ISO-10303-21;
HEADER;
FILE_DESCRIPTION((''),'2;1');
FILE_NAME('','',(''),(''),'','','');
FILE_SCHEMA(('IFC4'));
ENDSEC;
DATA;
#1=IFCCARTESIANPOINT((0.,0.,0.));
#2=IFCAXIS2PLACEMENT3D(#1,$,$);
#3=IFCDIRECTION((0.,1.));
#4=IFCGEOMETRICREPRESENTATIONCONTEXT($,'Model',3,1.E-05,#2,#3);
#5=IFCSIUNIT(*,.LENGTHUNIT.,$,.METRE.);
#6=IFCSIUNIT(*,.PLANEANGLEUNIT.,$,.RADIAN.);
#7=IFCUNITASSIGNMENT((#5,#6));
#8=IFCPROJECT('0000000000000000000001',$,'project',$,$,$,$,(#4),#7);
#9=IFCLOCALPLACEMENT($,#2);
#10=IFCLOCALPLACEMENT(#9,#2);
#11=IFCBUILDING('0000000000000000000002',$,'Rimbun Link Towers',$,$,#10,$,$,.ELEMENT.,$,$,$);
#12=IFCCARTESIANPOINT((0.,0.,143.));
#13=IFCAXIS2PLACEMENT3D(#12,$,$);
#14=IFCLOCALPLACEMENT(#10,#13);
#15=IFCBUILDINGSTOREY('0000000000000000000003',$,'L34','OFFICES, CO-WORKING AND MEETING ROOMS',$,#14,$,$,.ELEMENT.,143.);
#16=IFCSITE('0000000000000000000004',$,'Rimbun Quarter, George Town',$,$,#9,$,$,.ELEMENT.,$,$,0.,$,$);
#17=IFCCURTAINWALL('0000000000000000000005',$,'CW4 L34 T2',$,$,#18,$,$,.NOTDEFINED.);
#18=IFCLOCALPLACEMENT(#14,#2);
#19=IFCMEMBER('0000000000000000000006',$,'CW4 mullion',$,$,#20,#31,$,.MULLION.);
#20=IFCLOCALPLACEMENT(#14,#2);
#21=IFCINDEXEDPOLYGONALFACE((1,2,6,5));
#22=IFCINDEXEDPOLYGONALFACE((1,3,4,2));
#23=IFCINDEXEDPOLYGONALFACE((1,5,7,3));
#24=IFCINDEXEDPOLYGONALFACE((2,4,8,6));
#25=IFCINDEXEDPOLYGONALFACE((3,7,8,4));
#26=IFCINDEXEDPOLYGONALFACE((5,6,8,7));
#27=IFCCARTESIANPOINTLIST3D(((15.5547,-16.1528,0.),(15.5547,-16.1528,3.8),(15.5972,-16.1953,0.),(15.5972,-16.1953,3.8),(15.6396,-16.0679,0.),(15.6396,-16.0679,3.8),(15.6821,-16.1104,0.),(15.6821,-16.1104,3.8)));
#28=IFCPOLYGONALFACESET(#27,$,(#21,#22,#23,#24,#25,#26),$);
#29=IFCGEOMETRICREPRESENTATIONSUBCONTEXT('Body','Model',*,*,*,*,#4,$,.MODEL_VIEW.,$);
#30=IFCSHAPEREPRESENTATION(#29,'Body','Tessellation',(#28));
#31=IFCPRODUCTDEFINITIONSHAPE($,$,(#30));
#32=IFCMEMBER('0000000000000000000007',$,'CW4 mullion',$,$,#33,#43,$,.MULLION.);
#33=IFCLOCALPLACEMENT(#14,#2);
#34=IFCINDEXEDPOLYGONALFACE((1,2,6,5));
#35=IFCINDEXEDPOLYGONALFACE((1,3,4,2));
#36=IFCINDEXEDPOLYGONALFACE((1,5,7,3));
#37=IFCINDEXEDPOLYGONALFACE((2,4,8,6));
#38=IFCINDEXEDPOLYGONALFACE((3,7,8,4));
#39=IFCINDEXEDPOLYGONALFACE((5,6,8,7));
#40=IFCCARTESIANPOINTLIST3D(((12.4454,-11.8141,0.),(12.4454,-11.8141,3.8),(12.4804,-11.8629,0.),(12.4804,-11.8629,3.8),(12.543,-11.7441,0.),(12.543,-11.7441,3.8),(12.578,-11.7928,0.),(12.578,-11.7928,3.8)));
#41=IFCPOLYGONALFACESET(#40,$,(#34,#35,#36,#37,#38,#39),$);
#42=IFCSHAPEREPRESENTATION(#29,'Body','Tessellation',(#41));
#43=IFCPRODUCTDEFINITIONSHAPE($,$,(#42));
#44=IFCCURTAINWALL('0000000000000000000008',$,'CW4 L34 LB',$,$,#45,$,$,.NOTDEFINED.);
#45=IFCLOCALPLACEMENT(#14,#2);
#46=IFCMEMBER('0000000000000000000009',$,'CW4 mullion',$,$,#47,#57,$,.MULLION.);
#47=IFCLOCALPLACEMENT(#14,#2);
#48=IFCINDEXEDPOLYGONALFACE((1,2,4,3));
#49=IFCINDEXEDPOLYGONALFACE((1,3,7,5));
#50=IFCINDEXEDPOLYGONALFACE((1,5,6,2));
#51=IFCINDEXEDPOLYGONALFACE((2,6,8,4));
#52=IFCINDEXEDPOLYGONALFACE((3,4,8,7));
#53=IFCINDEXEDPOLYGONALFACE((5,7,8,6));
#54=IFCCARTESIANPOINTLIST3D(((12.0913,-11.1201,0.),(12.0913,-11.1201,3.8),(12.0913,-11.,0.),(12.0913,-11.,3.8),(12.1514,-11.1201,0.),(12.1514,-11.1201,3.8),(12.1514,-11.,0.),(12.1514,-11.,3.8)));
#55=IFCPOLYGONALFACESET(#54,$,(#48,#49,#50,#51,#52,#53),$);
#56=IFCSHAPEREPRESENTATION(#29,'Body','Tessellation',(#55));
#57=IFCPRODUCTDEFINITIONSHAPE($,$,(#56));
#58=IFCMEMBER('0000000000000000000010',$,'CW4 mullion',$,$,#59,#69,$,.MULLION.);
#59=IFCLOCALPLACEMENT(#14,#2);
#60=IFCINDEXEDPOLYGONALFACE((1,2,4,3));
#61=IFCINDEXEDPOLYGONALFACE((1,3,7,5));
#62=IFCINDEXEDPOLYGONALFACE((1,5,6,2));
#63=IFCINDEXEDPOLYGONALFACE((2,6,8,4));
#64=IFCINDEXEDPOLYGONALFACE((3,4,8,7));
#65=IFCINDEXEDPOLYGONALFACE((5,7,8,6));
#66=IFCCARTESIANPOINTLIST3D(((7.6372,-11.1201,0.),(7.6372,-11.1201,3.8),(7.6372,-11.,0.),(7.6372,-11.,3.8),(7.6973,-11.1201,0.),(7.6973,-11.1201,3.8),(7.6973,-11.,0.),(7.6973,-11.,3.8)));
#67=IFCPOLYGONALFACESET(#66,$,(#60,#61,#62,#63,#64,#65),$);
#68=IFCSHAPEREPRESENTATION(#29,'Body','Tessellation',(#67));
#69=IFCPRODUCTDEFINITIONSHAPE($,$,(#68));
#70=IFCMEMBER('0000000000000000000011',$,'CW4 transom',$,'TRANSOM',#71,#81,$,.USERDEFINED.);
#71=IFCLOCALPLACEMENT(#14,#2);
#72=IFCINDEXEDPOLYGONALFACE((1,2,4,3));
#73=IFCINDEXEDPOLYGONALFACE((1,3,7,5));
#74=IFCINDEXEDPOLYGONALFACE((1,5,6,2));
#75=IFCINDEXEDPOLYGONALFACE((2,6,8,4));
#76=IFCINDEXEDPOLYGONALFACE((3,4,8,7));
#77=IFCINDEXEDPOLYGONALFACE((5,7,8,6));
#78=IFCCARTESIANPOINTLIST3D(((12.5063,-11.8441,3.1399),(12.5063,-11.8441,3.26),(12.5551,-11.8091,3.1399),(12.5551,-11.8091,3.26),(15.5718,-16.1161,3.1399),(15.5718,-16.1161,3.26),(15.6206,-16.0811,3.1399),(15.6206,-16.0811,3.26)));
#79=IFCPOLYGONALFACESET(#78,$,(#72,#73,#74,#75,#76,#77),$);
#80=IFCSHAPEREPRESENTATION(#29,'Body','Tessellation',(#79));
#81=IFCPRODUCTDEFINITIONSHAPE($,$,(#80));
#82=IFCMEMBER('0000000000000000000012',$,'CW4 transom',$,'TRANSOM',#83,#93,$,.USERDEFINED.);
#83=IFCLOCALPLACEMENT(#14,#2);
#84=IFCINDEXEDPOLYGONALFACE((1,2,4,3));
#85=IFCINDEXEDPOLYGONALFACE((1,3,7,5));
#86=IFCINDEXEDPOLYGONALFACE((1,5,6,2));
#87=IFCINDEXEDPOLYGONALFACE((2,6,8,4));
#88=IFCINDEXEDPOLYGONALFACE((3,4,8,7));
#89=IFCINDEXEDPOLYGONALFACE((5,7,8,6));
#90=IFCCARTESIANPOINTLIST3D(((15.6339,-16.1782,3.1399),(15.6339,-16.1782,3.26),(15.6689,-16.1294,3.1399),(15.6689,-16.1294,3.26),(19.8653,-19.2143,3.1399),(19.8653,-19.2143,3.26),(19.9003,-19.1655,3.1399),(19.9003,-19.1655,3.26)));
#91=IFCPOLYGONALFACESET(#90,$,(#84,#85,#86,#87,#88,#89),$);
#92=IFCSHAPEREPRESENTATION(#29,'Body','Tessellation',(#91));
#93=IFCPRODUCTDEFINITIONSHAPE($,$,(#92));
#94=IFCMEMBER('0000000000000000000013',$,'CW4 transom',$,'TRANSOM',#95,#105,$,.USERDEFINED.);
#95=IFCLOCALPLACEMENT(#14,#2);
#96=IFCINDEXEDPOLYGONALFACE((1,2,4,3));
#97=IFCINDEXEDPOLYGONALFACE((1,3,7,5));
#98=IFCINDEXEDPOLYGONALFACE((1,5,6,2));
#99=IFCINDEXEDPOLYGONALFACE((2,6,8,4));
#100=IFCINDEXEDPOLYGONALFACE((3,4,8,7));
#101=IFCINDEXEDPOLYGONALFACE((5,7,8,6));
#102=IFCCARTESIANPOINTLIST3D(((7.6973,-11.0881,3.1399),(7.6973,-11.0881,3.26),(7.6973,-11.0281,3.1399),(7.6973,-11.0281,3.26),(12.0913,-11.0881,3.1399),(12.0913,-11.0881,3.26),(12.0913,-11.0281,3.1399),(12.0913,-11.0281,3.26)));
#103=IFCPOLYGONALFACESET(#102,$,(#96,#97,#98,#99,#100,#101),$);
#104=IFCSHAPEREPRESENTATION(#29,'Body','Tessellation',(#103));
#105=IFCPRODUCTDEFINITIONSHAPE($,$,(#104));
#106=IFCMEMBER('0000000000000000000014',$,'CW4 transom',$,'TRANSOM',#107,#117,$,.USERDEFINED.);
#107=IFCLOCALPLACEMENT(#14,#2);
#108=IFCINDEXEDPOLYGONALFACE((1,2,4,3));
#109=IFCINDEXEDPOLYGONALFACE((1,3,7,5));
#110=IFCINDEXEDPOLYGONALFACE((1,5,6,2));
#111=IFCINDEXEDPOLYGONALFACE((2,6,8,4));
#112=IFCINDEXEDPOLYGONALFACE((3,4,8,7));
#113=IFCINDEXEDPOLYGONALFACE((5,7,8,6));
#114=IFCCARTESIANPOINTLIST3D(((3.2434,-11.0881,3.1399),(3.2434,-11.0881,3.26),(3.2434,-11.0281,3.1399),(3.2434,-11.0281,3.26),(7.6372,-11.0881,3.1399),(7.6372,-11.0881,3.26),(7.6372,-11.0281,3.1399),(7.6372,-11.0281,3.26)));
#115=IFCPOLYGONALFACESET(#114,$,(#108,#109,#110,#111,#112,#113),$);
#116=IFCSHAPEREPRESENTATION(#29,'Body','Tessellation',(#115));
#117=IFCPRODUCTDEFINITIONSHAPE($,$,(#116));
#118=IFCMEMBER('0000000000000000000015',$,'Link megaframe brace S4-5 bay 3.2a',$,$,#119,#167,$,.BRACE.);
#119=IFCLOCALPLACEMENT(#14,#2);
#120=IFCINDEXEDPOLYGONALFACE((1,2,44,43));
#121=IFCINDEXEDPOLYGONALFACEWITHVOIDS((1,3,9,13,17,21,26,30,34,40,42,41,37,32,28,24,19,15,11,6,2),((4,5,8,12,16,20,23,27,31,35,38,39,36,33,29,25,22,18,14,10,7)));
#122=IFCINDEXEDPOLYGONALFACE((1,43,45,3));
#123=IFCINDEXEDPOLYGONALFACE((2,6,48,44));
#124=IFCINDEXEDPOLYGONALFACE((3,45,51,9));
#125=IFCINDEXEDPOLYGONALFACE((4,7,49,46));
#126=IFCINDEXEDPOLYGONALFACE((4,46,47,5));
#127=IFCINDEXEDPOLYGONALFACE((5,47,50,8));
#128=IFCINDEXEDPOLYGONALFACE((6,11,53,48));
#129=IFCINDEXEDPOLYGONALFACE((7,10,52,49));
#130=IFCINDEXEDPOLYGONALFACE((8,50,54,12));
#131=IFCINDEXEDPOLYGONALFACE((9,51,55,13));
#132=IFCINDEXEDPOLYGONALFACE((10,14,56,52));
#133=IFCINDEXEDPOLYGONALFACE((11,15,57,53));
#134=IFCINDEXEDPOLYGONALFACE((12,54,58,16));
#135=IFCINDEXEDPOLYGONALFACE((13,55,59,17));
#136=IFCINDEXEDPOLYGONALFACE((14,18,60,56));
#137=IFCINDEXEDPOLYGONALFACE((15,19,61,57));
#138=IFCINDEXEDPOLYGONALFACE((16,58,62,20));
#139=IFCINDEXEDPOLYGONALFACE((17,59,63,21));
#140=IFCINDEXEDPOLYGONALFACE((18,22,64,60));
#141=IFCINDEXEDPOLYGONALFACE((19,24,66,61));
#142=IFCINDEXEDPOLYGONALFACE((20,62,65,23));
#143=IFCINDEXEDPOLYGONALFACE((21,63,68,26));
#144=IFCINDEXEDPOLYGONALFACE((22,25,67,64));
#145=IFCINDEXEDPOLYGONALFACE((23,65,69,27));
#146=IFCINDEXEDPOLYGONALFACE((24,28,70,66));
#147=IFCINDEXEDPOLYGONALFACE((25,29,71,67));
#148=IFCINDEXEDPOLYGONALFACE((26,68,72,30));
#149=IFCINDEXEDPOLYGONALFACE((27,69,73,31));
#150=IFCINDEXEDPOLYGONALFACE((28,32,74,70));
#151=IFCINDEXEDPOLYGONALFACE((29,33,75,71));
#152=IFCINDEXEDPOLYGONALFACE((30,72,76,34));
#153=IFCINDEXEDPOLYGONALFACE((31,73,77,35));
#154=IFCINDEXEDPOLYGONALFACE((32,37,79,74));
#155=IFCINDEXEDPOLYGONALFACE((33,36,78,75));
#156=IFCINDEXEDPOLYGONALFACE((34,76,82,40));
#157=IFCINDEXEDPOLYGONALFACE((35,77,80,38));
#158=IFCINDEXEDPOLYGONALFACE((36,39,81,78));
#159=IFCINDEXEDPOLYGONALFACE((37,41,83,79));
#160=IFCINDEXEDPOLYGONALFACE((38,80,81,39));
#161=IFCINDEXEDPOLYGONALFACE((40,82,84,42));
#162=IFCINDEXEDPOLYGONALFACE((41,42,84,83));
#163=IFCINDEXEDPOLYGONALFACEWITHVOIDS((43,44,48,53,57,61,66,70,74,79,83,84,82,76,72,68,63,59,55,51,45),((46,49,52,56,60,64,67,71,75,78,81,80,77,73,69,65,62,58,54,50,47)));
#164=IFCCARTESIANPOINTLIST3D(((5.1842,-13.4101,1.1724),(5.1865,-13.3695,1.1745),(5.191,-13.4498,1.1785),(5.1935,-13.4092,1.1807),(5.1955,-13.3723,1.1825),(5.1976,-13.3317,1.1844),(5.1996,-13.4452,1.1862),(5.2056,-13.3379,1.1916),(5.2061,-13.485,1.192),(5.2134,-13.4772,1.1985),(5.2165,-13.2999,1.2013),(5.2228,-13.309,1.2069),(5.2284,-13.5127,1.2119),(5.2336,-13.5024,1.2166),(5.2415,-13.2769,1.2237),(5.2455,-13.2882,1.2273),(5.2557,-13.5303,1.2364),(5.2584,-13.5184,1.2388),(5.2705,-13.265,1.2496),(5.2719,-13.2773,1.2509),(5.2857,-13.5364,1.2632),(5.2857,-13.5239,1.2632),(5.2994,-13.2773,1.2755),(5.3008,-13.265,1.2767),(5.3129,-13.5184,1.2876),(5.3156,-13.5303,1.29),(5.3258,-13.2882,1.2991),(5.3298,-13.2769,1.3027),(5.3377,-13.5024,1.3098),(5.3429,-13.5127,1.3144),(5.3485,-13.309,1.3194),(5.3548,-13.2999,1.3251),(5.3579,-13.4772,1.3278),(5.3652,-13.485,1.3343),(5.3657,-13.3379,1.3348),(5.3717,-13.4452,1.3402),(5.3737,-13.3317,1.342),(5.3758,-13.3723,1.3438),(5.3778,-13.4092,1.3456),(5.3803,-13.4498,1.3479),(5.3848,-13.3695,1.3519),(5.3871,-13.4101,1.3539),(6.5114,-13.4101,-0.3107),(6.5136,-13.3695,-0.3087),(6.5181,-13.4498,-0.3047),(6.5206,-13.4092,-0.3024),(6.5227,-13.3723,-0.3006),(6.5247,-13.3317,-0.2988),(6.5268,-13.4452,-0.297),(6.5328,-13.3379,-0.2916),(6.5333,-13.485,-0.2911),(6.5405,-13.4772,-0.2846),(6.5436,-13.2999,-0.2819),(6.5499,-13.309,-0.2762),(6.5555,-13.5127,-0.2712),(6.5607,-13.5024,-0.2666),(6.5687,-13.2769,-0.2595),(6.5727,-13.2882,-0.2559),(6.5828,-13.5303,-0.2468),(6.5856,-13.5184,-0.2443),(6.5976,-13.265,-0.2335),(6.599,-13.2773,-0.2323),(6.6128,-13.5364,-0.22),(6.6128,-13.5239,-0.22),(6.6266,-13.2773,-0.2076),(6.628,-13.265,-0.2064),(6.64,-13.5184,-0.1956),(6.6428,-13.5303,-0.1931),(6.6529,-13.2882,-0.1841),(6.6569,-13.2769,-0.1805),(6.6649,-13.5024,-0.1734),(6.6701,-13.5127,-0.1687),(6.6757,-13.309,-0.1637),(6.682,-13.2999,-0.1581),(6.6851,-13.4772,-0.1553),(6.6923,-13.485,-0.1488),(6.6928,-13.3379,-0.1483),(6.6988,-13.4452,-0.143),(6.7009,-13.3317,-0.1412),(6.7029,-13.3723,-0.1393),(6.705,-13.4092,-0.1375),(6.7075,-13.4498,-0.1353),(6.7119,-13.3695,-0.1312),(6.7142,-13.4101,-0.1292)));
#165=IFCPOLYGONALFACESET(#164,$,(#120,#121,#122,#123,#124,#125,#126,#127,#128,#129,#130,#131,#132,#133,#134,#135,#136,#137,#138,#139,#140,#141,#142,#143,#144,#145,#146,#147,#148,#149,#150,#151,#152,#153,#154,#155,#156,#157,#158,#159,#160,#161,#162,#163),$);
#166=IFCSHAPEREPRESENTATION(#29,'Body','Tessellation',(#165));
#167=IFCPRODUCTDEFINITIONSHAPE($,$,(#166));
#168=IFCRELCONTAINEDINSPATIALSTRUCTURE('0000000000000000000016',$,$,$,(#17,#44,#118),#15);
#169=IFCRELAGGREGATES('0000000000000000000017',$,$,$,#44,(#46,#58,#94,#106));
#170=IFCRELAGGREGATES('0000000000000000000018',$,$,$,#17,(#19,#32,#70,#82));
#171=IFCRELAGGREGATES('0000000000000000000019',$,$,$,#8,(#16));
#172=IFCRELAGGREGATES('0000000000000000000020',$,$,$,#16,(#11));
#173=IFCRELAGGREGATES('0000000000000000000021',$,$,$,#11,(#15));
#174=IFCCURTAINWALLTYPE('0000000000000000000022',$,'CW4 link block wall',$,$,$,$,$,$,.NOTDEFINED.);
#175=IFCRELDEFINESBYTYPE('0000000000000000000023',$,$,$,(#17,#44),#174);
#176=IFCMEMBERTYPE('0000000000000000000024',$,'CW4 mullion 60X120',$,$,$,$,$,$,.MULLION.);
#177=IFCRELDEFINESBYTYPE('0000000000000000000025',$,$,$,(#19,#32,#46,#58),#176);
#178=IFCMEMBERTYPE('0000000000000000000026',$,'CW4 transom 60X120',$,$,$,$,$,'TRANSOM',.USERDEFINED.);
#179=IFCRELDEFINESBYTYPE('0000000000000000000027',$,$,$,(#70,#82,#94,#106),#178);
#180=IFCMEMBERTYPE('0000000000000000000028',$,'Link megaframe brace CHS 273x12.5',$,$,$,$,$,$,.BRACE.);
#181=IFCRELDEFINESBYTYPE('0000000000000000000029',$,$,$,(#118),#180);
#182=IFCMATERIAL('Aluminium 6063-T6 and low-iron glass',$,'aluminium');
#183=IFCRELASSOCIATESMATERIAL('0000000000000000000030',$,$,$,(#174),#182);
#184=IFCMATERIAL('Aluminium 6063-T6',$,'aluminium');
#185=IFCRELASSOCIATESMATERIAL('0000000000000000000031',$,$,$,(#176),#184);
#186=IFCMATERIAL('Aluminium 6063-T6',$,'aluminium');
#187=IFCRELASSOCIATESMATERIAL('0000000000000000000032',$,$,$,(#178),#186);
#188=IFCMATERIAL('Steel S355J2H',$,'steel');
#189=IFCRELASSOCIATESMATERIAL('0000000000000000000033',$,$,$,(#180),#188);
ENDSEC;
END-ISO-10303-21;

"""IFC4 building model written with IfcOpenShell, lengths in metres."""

from ifc_helpers import new_model, si_unit, direction, frame, origin, origin_2d, place, context, subcontext, project, spatial, rectangle, hollow_circle, extrude, material, material_profile, profile_set, type_object, element, aggregate, save


model = new_model("IFC4")

# Units and contexts
model_context = context("Model", 3, precision=1e-05, world=origin(), true_north=direction((0.0, 1.0)))
body_context = subcontext(model_context, "Body", "Model", "MODEL_VIEW")
ifc_project = project(units=[si_unit("LENGTHUNIT", "METRE"), si_unit("PLANEANGLEUNIT", "RADIAN")], contexts=[model_context])

# Site, building, storey
site_placement = place(None, origin())
site = spatial("IfcSite", under=ifc_project, at=site_placement, Name="Rimbun Quarter, George Town", CompositionType="ELEMENT", RefElevation=0.0)
building_placement = place(site_placement, origin())
building = spatial("IfcBuilding", under=site, at=building_placement, Name="Rimbun Link Towers", CompositionType="ELEMENT")
storey_placement = place(building_placement, frame((0.0, 0.0, 143.0)))
storey = spatial("IfcBuildingStorey", under=building, at=storey_placement, Name="L34", Description="OFFICES, CO-WORKING AND MEETING ROOMS", CompositionType="ELEMENT", Elevation=143.0)

# Curtain walls, members
ifc_material_1 = material(Name="Aluminium 6063-T6 and low-iron glass", Category="aluminium")
curtain_wall_type = type_object("IfcCurtainWallType", Name="CW4 link block wall", PredefinedType="NOTDEFINED", material=ifc_material_1)
curtain_wall_1_placement = place(storey_placement, origin())
curtain_wall_1 = element("IfcCurtainWall", 1, at=curtain_wall_1_placement, inside=storey, type_object=curtain_wall_type, Name="CW4 L34 T2", PredefinedType="NOTDEFINED")
ifc_material_2 = material(Name="Aluminium 6063-T6", Category="aluminium")
ifc_material_profile_1 = material_profile(ifc_material_2, rectangle(XDim=0.1201, YDim=0.0601, at=origin_2d()), Name="MULLION 60X120")
ifc_profile_set_1 = profile_set([ifc_material_profile_1], Name="Aluminium 6063-T6")
member_type_1 = type_object("IfcMemberType", Name="CW4 mullion 60X120", PredefinedType="MULLION", material=ifc_profile_set_1)
member_1_placement = place(storey_placement, frame((15.6184, -16.1316, 0.0), z_axis=(0.0, 0.0, 1.0), x_axis=(-0.707107, -0.707107, 0.0)))
member_1 = element("IfcMember", 2, at=member_1_placement, type_object=member_type_1, Name="CW4 mullion", PredefinedType="MULLION", context=body_context, shape_type="SweptSolid", body=[
    extrude(rectangle(XDim=0.1201, YDim=0.0601, at=origin_2d()), origin(), (0.0, 0.0, 1.0), 3.8),
])
member_2_placement = place(storey_placement, frame((12.5117, -11.8035, 0.0), z_axis=(0.0, 0.0, 1.0), x_axis=(-0.812465, -0.583009, 0.0)))
member_2 = element("IfcMember", 3, at=member_2_placement, type_object=member_type_1, Name="CW4 mullion", PredefinedType="MULLION", context=body_context, shape_type="SweptSolid", body=[
    extrude(rectangle(XDim=0.1201, YDim=0.0601, at=origin_2d()), origin(), (0.0, 0.0, 1.0), 3.8),
])
curtain_wall_2_placement = place(storey_placement, origin())
curtain_wall_2 = element("IfcCurtainWall", 4, at=curtain_wall_2_placement, inside=storey, type_object=curtain_wall_type, Name="CW4 L34 LB", PredefinedType="NOTDEFINED")
member_3_placement = place(storey_placement, frame((12.1213, -11.0601, 0.0), z_axis=(0.0, 0.0, 1.0), x_axis=(0.0, -1.0, 0.0)))
member_3 = element("IfcMember", 5, at=member_3_placement, type_object=member_type_1, Name="CW4 mullion", PredefinedType="MULLION", context=body_context, shape_type="SweptSolid", body=[
    extrude(rectangle(XDim=0.1201, YDim=0.0601, at=origin_2d()), origin(), (0.0, 0.0, 1.0), 3.8),
])
member_4_placement = place(storey_placement, frame((7.6672, -11.0601, 0.0), z_axis=(0.0, 0.0, 1.0), x_axis=(0.0, -1.0, 0.0)))
member_4 = element("IfcMember", 6, at=member_4_placement, type_object=member_type_1, Name="CW4 mullion", PredefinedType="MULLION", context=body_context, shape_type="SweptSolid", body=[
    extrude(rectangle(XDim=0.1201, YDim=0.0601, at=origin_2d()), origin(), (0.0, 0.0, 1.0), 3.8),
])

# Members
ifc_material_3 = material(Name="Aluminium 6063-T6", Category="aluminium")
ifc_material_profile_2 = material_profile(ifc_material_3, rectangle(XDim=0.0601, YDim=0.1201, at=origin_2d()), Name="TRANSOM 60X120")
ifc_profile_set_2 = profile_set([ifc_material_profile_2], Name="Aluminium 6063-T6")
member_type_2 = type_object("IfcMemberType", Name="CW4 transom 60X120", ElementType="TRANSOM", PredefinedType="USERDEFINED", material=ifc_profile_set_2)
member_5_placement = place(storey_placement, frame((15.5962, -16.0986, 3.2), z_axis=(-0.583003, 0.81247, 0.0), x_axis=(-0.81247, -0.583003, 0.0)))
member_5 = element("IfcMember", 7, at=member_5_placement, type_object=member_type_2, Name="CW4 transom", ObjectType="TRANSOM", PredefinedType="USERDEFINED", context=body_context, shape_type="SweptSolid", body=[
    extrude(rectangle(XDim=0.0601, YDim=0.1201, at=origin_2d()), origin(), (0.0, 0.0, 1.0), 5.2581),
])
member_6_placement = place(storey_placement, frame((19.8828, -19.1899, 3.2), z_axis=(-0.81249, 0.582975, 0.0), x_axis=(-0.582975, -0.81249, 0.0)))
member_6 = element("IfcMember", 8, at=member_6_placement, type_object=member_type_2, Name="CW4 transom", ObjectType="TRANSOM", PredefinedType="USERDEFINED", context=body_context, shape_type="SweptSolid", body=[
    extrude(rectangle(XDim=0.0601, YDim=0.1201, at=origin_2d()), origin(), (0.0, 0.0, 1.0), 5.208),
])
member_7_placement = place(storey_placement, frame((12.0913, -11.0581, 3.2), z_axis=(-1.0, 0.0, 0.0), x_axis=(0.0, -1.0, 0.0)))
member_7 = element("IfcMember", 9, at=member_7_placement, type_object=member_type_2, Name="CW4 transom", ObjectType="TRANSOM", PredefinedType="USERDEFINED", context=body_context, shape_type="SweptSolid", body=[
    extrude(rectangle(XDim=0.0601, YDim=0.1201, at=origin_2d()), origin(), (0.0, 0.0, 1.0), 4.394),
])
member_8_placement = place(storey_placement, frame((7.6372, -11.0581, 3.2), z_axis=(-1.0, 0.0, 0.0), x_axis=(0.0, -1.0, 0.0)))
member_8 = element("IfcMember", 10, at=member_8_placement, type_object=member_type_2, Name="CW4 transom", ObjectType="TRANSOM", PredefinedType="USERDEFINED", context=body_context, shape_type="SweptSolid", body=[
    extrude(rectangle(XDim=0.0601, YDim=0.1201, at=origin_2d()), origin(), (0.0, 0.0, 1.0), 4.3938),
])
aggregate(curtain_wall_2, [member_3, member_4, member_7, member_8])

# Member
ifc_material_4 = material(Name="Steel S355J2H", Category="steel")
ifc_material_profile_3 = material_profile(ifc_material_4, hollow_circle(Radius=0.1365, WallThickness=0.0125, at=origin_2d()), Name="CHS 273x12.5")
ifc_profile_set_3 = profile_set([ifc_material_profile_3], Name="Steel S355J2H")
member_type_3 = type_object("IfcMemberType", Name="Link megaframe brace CHS 273x12.5", PredefinedType="BRACE", material=ifc_profile_set_3)
member_9_placement = place(storey_placement, frame((6.6128, -13.3999, -0.22), z_axis=(-0.666827, 0.0, 0.745212), x_axis=(0.0, -1.0, 0.0)))
element("IfcMember", 11, at=member_9_placement, inside=storey, type_object=member_type_3, Name="Link megaframe brace S4-5 bay 3.2a", PredefinedType="BRACE", context=body_context, shape_type="SweptSolid", body=[
    extrude(hollow_circle(Radius=0.1365, WallThickness=0.0125, at=origin_2d()), origin(), (0.0, 0.0, 1.0), 1.9902),
])

aggregate(curtain_wall_1, [member_1, member_2, member_5, member_6])

save(model, "model.ifc")
